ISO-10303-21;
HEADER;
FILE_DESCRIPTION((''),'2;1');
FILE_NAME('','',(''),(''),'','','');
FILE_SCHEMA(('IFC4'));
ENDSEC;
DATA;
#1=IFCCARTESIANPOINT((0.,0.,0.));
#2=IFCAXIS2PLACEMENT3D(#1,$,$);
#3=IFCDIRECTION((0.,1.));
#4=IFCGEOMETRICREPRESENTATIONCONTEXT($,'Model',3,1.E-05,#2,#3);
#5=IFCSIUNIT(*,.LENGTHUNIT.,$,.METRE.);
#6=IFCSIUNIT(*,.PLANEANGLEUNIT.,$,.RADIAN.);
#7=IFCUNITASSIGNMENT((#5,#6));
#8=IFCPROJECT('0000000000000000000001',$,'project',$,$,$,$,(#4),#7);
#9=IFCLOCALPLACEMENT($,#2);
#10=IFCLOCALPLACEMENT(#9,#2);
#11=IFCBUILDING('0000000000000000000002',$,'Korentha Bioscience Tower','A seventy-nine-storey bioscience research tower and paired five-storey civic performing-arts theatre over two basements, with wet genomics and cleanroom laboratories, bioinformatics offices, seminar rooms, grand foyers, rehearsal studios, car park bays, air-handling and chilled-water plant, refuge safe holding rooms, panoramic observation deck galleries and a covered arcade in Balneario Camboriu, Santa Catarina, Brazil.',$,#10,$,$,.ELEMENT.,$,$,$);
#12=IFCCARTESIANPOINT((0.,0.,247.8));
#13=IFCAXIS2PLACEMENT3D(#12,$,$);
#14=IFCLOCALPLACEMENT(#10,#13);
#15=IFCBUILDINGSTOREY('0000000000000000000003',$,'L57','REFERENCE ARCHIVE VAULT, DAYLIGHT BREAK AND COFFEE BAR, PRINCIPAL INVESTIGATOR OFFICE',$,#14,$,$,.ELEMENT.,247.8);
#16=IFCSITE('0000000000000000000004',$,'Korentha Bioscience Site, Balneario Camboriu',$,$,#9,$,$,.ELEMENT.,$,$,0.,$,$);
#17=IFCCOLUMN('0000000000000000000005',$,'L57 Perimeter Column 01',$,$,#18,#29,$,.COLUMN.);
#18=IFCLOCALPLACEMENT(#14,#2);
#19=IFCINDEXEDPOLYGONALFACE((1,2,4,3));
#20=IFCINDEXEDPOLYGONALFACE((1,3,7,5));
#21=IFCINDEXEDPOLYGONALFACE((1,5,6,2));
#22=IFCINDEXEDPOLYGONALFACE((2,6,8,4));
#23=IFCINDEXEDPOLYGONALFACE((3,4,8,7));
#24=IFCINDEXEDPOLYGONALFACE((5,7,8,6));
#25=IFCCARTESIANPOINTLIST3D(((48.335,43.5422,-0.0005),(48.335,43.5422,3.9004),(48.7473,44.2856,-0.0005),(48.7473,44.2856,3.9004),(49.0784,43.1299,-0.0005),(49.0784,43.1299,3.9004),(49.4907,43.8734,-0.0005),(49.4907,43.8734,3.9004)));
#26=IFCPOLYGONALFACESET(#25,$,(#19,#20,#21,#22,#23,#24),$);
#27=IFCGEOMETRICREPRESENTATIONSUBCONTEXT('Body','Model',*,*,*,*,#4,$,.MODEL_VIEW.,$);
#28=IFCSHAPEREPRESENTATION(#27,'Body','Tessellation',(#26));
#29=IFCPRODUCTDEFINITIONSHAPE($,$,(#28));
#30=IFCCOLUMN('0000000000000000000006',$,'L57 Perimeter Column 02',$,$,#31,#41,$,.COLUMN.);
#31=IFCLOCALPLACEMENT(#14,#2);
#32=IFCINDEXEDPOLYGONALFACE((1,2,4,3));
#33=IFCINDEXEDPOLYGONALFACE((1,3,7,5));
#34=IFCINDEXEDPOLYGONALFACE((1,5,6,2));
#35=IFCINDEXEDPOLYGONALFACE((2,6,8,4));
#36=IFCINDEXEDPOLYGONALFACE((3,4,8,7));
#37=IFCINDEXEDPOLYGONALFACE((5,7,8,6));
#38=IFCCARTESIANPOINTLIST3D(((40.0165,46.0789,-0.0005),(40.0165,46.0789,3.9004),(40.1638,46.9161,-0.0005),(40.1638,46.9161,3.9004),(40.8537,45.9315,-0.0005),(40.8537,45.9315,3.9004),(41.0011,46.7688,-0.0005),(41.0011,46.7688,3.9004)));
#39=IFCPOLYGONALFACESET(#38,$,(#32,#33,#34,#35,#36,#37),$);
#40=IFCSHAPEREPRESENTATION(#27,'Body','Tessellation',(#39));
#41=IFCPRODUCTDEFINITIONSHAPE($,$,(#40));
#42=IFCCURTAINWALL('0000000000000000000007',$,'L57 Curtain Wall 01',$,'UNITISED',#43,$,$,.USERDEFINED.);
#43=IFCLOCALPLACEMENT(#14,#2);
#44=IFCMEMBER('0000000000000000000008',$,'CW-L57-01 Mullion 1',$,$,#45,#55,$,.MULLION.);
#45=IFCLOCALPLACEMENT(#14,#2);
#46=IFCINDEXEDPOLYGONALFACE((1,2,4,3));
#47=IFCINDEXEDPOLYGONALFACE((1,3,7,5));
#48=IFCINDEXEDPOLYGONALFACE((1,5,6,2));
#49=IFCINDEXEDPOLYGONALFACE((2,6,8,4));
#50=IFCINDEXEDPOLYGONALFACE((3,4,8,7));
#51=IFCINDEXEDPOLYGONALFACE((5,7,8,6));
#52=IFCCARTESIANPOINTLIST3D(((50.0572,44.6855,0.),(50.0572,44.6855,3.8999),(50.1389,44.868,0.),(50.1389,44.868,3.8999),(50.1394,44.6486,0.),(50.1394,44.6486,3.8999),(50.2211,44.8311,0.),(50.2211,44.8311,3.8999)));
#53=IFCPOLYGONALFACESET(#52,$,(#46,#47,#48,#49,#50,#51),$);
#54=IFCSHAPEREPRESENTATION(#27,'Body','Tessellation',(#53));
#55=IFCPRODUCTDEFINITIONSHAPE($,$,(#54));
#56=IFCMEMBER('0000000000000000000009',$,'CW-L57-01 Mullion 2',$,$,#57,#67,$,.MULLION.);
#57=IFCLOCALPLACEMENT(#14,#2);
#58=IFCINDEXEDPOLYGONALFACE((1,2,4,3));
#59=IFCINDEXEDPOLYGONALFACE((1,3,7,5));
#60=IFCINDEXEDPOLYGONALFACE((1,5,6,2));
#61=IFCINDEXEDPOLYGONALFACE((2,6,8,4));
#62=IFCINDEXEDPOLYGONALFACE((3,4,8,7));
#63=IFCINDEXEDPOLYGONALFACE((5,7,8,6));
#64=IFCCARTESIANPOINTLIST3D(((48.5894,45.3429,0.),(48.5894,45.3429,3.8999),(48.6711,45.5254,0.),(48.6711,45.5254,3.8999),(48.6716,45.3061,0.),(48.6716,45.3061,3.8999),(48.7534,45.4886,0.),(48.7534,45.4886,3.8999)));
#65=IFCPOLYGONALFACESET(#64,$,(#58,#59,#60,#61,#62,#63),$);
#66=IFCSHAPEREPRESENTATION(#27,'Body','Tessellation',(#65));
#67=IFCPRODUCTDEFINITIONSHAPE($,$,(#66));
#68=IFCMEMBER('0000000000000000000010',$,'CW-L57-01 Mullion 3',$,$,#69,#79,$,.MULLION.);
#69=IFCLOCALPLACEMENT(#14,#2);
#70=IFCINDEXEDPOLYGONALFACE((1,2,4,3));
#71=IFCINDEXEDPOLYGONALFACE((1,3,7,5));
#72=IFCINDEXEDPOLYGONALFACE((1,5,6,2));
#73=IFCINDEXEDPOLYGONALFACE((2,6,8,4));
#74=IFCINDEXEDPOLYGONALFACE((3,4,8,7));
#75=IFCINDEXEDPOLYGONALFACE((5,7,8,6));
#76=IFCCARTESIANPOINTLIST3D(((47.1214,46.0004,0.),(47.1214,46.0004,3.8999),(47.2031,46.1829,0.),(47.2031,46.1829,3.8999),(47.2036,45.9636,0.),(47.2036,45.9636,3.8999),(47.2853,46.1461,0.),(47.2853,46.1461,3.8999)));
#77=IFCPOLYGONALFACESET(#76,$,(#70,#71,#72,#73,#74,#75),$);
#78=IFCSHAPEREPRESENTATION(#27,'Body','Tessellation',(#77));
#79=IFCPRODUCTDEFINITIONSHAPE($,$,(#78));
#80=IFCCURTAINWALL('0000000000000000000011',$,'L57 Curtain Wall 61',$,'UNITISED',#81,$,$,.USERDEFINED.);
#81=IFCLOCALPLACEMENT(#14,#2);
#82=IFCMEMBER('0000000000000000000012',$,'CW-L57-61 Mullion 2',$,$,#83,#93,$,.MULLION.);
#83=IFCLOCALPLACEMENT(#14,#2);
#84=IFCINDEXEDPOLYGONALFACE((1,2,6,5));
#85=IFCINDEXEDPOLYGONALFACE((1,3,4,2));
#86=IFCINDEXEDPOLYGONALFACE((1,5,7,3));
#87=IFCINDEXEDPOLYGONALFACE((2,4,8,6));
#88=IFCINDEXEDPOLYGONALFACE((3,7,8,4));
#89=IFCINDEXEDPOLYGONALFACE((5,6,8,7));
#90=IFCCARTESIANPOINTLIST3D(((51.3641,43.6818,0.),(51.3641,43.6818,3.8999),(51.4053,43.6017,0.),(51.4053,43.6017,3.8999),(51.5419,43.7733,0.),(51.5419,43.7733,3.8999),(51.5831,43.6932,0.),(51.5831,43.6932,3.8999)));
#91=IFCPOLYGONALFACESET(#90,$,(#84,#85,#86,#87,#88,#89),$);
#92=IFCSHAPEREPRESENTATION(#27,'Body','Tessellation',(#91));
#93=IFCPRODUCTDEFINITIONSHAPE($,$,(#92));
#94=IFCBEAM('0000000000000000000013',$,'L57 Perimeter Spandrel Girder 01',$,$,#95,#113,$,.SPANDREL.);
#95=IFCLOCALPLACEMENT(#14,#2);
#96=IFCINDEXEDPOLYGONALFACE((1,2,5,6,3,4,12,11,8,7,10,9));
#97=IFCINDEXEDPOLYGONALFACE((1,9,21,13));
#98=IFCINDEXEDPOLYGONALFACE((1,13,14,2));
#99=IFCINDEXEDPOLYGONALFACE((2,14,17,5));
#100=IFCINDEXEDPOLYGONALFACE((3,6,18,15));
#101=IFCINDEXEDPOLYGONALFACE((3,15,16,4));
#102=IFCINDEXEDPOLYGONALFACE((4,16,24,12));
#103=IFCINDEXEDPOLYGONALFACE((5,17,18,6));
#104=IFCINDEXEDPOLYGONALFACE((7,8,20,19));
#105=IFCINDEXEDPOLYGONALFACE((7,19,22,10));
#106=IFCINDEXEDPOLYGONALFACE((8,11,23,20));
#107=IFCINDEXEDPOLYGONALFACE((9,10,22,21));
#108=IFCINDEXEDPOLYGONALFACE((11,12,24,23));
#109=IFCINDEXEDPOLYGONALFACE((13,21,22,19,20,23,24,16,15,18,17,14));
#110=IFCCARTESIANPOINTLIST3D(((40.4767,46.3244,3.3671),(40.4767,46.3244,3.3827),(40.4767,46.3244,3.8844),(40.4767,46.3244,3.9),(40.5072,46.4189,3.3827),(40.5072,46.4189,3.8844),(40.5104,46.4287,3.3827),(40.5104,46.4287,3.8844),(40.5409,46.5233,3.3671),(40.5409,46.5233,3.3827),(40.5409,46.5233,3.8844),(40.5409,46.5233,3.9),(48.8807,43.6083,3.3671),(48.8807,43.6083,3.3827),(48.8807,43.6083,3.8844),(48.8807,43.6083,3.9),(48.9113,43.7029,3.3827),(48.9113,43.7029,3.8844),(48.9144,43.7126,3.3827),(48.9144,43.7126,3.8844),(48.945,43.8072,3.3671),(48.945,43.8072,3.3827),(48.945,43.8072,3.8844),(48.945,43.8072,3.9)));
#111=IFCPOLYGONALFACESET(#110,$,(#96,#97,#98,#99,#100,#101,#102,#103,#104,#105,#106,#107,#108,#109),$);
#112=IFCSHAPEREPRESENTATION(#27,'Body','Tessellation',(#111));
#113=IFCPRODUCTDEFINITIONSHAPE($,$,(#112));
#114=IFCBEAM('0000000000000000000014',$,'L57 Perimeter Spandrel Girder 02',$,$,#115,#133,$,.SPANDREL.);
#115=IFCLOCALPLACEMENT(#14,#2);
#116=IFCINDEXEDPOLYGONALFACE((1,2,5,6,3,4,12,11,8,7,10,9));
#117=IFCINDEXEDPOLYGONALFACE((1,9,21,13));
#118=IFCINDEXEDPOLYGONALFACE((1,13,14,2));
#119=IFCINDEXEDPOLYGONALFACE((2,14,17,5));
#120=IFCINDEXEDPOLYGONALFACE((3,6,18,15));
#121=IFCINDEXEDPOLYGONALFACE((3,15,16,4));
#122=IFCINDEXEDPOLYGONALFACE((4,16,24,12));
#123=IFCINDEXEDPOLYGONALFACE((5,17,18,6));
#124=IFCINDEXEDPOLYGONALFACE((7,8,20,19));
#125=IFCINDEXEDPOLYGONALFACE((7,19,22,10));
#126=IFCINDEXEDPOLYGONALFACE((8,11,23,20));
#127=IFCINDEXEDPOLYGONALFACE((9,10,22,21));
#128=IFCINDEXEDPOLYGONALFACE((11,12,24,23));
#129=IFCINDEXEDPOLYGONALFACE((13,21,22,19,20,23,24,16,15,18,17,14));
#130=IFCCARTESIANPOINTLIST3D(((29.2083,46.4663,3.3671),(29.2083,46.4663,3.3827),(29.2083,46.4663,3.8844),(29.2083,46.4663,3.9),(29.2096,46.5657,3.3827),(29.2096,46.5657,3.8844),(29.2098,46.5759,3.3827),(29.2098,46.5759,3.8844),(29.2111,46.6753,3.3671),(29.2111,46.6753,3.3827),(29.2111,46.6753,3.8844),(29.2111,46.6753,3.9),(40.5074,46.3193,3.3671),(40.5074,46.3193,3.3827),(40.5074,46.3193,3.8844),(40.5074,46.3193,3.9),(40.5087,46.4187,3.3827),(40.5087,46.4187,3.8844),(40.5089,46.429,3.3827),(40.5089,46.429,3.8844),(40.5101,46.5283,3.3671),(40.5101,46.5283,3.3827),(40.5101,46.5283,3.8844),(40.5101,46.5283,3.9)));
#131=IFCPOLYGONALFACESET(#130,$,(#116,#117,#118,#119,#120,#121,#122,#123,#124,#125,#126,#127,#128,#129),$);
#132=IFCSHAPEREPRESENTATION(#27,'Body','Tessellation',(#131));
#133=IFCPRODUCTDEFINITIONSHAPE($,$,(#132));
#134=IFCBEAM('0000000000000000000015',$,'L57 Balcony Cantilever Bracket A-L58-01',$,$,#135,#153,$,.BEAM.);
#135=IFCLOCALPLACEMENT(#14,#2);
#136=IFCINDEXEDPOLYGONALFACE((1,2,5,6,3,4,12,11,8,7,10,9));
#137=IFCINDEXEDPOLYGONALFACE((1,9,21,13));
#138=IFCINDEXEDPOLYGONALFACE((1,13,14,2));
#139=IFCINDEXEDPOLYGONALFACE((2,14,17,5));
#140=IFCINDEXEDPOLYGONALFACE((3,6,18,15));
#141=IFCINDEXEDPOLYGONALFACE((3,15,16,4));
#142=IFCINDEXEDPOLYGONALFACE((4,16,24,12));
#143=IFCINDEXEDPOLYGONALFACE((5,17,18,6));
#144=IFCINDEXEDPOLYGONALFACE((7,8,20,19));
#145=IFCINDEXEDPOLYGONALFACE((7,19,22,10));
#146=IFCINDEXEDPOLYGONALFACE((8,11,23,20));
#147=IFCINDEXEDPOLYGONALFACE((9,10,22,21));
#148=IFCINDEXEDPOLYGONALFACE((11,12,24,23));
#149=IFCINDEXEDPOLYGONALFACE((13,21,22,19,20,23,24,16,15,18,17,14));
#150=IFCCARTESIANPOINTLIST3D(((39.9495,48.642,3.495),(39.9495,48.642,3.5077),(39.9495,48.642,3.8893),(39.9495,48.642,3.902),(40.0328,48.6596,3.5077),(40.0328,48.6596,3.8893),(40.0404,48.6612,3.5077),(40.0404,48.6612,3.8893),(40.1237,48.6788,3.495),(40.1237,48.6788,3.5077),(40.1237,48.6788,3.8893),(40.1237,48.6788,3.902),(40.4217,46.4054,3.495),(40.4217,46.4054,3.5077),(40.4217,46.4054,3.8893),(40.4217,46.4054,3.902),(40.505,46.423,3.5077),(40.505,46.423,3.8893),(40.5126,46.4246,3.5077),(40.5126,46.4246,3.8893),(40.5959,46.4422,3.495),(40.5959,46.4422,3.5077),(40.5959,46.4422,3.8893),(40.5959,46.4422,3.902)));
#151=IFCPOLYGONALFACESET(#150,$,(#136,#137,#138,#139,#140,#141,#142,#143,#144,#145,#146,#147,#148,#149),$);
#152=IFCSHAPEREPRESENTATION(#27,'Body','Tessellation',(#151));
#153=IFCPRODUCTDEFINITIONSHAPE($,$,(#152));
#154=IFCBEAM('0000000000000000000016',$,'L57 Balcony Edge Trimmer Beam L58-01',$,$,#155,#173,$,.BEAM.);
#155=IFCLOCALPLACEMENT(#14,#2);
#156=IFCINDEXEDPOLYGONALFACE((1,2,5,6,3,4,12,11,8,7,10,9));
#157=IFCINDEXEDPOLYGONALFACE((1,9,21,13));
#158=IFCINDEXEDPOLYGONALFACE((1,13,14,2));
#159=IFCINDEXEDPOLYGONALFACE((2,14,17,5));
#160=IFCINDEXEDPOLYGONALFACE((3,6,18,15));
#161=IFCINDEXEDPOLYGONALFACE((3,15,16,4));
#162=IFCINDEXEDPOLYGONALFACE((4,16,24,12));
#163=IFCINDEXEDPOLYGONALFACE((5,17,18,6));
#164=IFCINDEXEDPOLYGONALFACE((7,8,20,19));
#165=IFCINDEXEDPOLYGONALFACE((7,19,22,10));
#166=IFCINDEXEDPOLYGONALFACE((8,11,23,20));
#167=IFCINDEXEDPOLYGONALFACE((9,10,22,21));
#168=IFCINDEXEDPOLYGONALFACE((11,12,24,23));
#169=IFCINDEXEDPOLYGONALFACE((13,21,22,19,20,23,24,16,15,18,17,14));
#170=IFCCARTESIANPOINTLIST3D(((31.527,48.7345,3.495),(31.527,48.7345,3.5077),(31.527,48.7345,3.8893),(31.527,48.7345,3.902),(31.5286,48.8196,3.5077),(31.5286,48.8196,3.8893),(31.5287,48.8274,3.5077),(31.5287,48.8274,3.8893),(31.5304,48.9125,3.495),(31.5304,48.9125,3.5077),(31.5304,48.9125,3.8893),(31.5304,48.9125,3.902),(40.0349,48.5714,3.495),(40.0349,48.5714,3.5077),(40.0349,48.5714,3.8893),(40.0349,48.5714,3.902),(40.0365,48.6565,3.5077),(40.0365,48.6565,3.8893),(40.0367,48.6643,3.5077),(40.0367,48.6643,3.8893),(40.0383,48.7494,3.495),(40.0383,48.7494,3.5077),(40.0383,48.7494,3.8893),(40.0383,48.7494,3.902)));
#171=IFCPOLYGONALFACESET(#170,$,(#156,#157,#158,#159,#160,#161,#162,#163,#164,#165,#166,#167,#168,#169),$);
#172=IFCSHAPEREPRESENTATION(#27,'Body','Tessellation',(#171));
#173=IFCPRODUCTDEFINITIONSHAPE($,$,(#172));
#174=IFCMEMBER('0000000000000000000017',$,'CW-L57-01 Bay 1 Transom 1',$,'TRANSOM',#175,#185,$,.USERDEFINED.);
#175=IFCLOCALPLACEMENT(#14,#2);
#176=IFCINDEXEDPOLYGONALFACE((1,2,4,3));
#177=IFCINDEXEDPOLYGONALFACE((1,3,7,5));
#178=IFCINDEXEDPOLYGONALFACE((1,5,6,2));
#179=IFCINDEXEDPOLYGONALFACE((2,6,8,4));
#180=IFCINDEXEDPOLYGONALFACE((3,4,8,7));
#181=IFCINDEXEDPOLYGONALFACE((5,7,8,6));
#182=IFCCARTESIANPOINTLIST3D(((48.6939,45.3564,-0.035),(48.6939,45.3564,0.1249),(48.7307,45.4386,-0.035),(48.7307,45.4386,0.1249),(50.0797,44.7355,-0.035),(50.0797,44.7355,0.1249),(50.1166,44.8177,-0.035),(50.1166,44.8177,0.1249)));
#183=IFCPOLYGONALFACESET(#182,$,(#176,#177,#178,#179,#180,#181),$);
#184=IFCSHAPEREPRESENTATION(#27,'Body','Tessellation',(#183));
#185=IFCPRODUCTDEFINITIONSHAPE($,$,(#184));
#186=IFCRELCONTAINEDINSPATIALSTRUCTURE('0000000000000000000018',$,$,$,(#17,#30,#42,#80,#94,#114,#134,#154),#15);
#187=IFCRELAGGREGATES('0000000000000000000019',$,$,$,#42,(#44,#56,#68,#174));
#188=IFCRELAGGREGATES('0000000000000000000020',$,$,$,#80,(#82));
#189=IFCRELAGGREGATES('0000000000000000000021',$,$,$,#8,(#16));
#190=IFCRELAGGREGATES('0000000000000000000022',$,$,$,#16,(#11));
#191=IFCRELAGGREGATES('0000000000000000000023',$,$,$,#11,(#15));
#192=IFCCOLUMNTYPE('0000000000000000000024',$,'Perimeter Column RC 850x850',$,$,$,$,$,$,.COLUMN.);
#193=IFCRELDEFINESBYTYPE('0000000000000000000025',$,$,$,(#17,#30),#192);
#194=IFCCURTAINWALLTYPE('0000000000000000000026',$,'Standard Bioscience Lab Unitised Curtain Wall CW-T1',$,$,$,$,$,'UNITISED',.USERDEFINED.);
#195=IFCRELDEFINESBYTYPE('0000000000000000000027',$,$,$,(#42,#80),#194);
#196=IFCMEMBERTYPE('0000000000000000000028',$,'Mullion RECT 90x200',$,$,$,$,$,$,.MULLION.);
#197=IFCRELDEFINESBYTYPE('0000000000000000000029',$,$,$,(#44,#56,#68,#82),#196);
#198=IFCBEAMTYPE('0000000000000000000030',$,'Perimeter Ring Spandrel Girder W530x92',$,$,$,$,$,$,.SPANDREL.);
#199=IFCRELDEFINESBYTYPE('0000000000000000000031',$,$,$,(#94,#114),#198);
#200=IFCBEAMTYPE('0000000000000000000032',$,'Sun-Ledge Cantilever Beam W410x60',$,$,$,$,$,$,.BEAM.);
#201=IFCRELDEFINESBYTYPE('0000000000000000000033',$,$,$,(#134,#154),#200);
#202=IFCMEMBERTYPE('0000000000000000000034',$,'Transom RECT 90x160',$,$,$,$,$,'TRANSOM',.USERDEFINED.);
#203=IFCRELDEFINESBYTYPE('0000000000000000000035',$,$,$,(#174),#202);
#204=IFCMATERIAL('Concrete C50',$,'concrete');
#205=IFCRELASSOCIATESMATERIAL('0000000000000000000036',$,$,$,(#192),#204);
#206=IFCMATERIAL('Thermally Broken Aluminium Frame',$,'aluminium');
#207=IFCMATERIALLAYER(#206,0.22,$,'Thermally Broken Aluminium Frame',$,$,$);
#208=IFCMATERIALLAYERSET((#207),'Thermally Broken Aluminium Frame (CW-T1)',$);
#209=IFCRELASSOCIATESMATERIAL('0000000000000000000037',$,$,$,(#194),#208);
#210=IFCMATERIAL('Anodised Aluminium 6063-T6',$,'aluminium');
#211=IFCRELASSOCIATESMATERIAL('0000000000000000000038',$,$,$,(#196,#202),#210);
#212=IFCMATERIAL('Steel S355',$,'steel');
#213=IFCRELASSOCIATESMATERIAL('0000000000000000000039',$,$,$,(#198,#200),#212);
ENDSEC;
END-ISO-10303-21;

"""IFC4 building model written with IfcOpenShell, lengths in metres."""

from ifc_helpers import new_model, si_unit, direction, frame, origin, origin_2d, place, context, subcontext, project, spatial, rectangle, i_section, extrude, material, layer, layer_set, material_profile, profile_set, type_object, element, aggregate, save


model = new_model("IFC4")

# Units and contexts
model_context = context("Model", 3, precision=1e-05, world=origin(), true_north=direction((0.0, 1.0)))
body_context = subcontext(model_context, "Body", "Model", "MODEL_VIEW")
ifc_project = project(units=[si_unit("LENGTHUNIT", "METRE"), si_unit("PLANEANGLEUNIT", "RADIAN")], contexts=[model_context])

# Site, building, storey
site_placement = place(None, origin())
site = spatial("IfcSite", under=ifc_project, at=site_placement, Name="Korentha Bioscience Site, Balneario Camboriu", CompositionType="ELEMENT", RefElevation=0.0)
building_placement = place(site_placement, origin())
building = spatial("IfcBuilding", under=site, at=building_placement, Name="Korentha Bioscience Tower", Description="A seventy-nine-storey bioscience research tower and paired five-storey civic performing-arts theatre over two basements, with wet genomics and cleanroom laboratories, bioinformatics offices, seminar rooms, grand foyers, rehearsal studios, car park bays, air-handling and chilled-water plant, refuge safe holding rooms, panoramic observation deck galleries and a covered arcade in Balneario Camboriu, Santa Catarina, Brazil.", CompositionType="ELEMENT")
storey_placement = place(building_placement, frame((0.0, 0.0, 247.8)))
storey = spatial("IfcBuildingStorey", under=building, at=storey_placement, Name="L57", Description="REFERENCE ARCHIVE VAULT, DAYLIGHT BREAK AND COFFEE BAR, PRINCIPAL INVESTIGATOR OFFICE", CompositionType="ELEMENT", Elevation=247.8)

# Columns
ifc_material_1 = material(Name="Concrete C50", Category="concrete")
ifc_material_profile_1 = material_profile(ifc_material_1, rectangle(XDim=0.8501, YDim=0.8501, at=origin_2d()), Name="Concrete C50")
ifc_profile_set_1 = profile_set([ifc_material_profile_1], Name="Concrete C50 (COL-P08)")
column_type = type_object("IfcColumnType", Name="Perimeter Column RC 850x850", PredefinedType="COLUMN", material=ifc_profile_set_1)
for number, where, z_axis, x_axis, name in (
    (1, (48.9128, 43.7078, -0.0005), (0.0, 0.0, 1.0), (-0.874535, 0.484962, 0.0), "L57 Perimeter Column 01"),
    (2, (40.5088, 46.4238, -0.0005), (0.0, 0.0, 1.0), (-0.984868, 0.173304, 0.0), "L57 Perimeter Column 02"),
):
    element("IfcColumn", number, at=place(storey_placement, frame(where, z_axis=z_axis, x_axis=x_axis)), inside=storey, type_object=column_type, Name=name, PredefinedType="COLUMN", context=body_context, shape_type="SweptSolid", body=[
        extrude(rectangle(XDim=0.8501, YDim=0.8501, at=origin_2d()), origin(), (0.0, 0.0, 1.0), 3.9009),
    ])

# Curtain wall, members
ifc_material_2 = material(Name="Thermally Broken Aluminium Frame", Category="aluminium")
ifc_layer_1 = layer(ifc_material_2, 0.22, Name="Thermally Broken Aluminium Frame")
ifc_layer_set_1 = layer_set([ifc_layer_1], Name="Thermally Broken Aluminium Frame (CW-T1)")
curtain_wall_type = type_object("IfcCurtainWallType", Name="Standard Bioscience Lab Unitised Curtain Wall CW-T1", ElementType="UNITISED", PredefinedType="USERDEFINED", material=ifc_layer_set_1)
curtain_wall_1_placement = place(storey_placement, origin())
curtain_wall_1 = element("IfcCurtainWall", 3, at=curtain_wall_1_placement, inside=storey, type_object=curtain_wall_type, Name="L57 Curtain Wall 01", ObjectType="UNITISED", PredefinedType="USERDEFINED")
ifc_material_3 = material(Name="Anodised Aluminium 6063-T6", Category="aluminium")
ifc_material_profile_2 = material_profile(ifc_material_3, rectangle(XDim=0.0901, YDim=0.2, at=origin_2d()), Name="Anodised Aluminium 6063-T6")
ifc_profile_set_2 = profile_set([ifc_material_profile_2], Name="Anodised Aluminium 6063-T6 (CW-MUL)")
member_type_1 = type_object("IfcMemberType", Name="Mullion RECT 90x200", PredefinedType="MULLION", material=ifc_profile_set_2)
member_1_placement = place(storey_placement, frame((50.1392, 44.7583, 0.0), z_axis=(0.0, 0.0, 1.0), x_axis=(-0.912622, 0.408805, 0.0)))
member_1 = element("IfcMember", 4, at=member_1_placement, type_object=member_type_1, Name="CW-L57-01 Mullion 1", PredefinedType="MULLION", context=body_context, shape_type="SweptSolid", body=[
    extrude(rectangle(XDim=0.0901, YDim=0.2, at=origin_2d()), origin(), (0.0, 0.0, 1.0), 3.8999),
])
member_2_placement = place(storey_placement, frame((48.6714, 45.4158, 0.0), z_axis=(0.0, 0.0, 1.0), x_axis=(-0.912622, 0.408805, 0.0)))
member_2 = element("IfcMember", 5, at=member_2_placement, type_object=member_type_1, Name="CW-L57-01 Mullion 2", PredefinedType="MULLION", context=body_context, shape_type="SweptSolid", body=[
    extrude(rectangle(XDim=0.0901, YDim=0.2, at=origin_2d()), origin(), (0.0, 0.0, 1.0), 3.8999),
])
member_3_placement = place(storey_placement, frame((47.2034, 46.0732, 0.0), z_axis=(0.0, 0.0, 1.0), x_axis=(-0.912622, 0.408805, 0.0)))
member_3 = element("IfcMember", 6, at=member_3_placement, type_object=member_type_1, Name="CW-L57-01 Mullion 3", PredefinedType="MULLION", context=body_context, shape_type="SweptSolid", body=[
    extrude(rectangle(XDim=0.0901, YDim=0.2, at=origin_2d()), origin(), (0.0, 0.0, 1.0), 3.8999),
])

# Curtain wall, member
curtain_wall_2_placement = place(storey_placement, origin())
curtain_wall_2 = element("IfcCurtainWall", 7, at=curtain_wall_2_placement, inside=storey, type_object=curtain_wall_type, Name="L57 Curtain Wall 61", ObjectType="UNITISED", PredefinedType="USERDEFINED")
member_4_placement = place(storey_placement, frame((51.4736, 43.6875, 0.0), z_axis=(0.0, 0.0, 1.0), x_axis=(-0.45757, 0.889174, 0.0)))
member_4 = element("IfcMember", 8, at=member_4_placement, type_object=member_type_1, Name="CW-L57-61 Mullion 2", PredefinedType="MULLION", context=body_context, shape_type="SweptSolid", body=[
    extrude(rectangle(XDim=0.0901, YDim=0.2, at=origin_2d()), origin(), (0.0, 0.0, 1.0), 3.8999),
])

# Beams
ifc_material_4 = material(Name="Steel S355", Category="steel")
ifc_material_profile_3 = material_profile(ifc_material_4, i_section(OverallWidth=0.209, OverallDepth=0.533, WebThickness=0.0103, FlangeThickness=0.0156, at=origin_2d()), Name="Steel S355")
ifc_profile_set_3 = profile_set([ifc_material_profile_3], Name="Steel S355 (SB-530)")
beam_type_1 = type_object("IfcBeamType", Name="Perimeter Ring Spandrel Girder W530x92", PredefinedType="SPANDREL", material=ifc_profile_set_3)
beam_1_placement = place(storey_placement, frame((48.9128, 43.7078, 3.6335), z_axis=(-0.95154, 0.307524, 0.0), x_axis=(-0.307524, -0.95154, 0.0)))
element("IfcBeam", 9, at=beam_1_placement, inside=storey, type_object=beam_type_1, Name="L57 Perimeter Spandrel Girder 01", PredefinedType="SPANDREL", context=body_context, shape_type="SweptSolid", body=[
    extrude(i_section(OverallWidth=0.209, OverallDepth=0.533, WebThickness=0.0103, FlangeThickness=0.0156, at=origin_2d()), origin(), (0.0, 0.0, 1.0), 8.832),
])
beam_2_placement = place(storey_placement, frame((40.5088, 46.4238, 3.6335), z_axis=(-0.999915, 0.013006, 0.0), x_axis=(-0.013006, -0.999915, 0.0)))
element("IfcBeam", 10, at=beam_2_placement, inside=storey, type_object=beam_type_1, Name="L57 Perimeter Spandrel Girder 02", PredefinedType="SPANDREL", context=body_context, shape_type="SweptSolid", body=[
    extrude(i_section(OverallWidth=0.209, OverallDepth=0.533, WebThickness=0.0103, FlangeThickness=0.0156, at=origin_2d()), origin(), (0.0, 0.0, 1.0), 11.3),
])
ifc_material_profile_4 = material_profile(ifc_material_4, i_section(OverallWidth=0.178, OverallDepth=0.407, WebThickness=0.0078, FlangeThickness=0.0127, at=origin_2d()), Name="Steel S355")
ifc_profile_set_4 = profile_set([ifc_material_profile_4], Name="Steel S355 (CB-410)")
beam_type_2 = type_object("IfcBeamType", Name="Sun-Ledge Cantilever Beam W410x60", PredefinedType="BEAM", material=ifc_profile_set_4)
beam_3_placement = place(storey_placement, frame((40.5088, 46.4238, 3.6985), z_axis=(-0.206559, 0.978434, 0.0), x_axis=(-0.978434, -0.206559, 0.0)))
element("IfcBeam", 11, at=beam_3_placement, inside=storey, type_object=beam_type_2, Name="L57 Balcony Cantilever Bracket A-L58-01", PredefinedType="BEAM", context=body_context, shape_type="SweptSolid", body=[
    extrude(i_section(OverallWidth=0.178, OverallDepth=0.407, WebThickness=0.0078, FlangeThickness=0.0127, at=origin_2d()), origin(), (0.0, 0.0, 1.0), 2.2859),
])
beam_4_placement = place(storey_placement, frame((40.0366, 48.6604, 3.6985), z_axis=(-0.999816, 0.019165, 0.0), x_axis=(-0.019165, -0.999816, 0.0)))
element("IfcBeam", 12, at=beam_4_placement, inside=storey, type_object=beam_type_2, Name="L57 Balcony Edge Trimmer Beam L58-01", PredefinedType="BEAM", context=body_context, shape_type="SweptSolid", body=[
    extrude(i_section(OverallWidth=0.178, OverallDepth=0.407, WebThickness=0.0078, FlangeThickness=0.0127, at=origin_2d()), origin(), (0.0, 0.0, 1.0), 8.5095),
])

# Member
ifc_material_profile_5 = material_profile(ifc_material_3, rectangle(XDim=0.0901, YDim=0.1599, at=origin_2d()), Name="Anodised Aluminium 6063-T6")
ifc_profile_set_5 = profile_set([ifc_material_profile_5], Name="Anodised Aluminium 6063-T6 (CW-TRN)")
member_type_2 = type_object("IfcMemberType", Name="Transom RECT 90x160", ElementType="TRANSOM", PredefinedType="USERDEFINED", material=ifc_profile_set_5)
member_5_placement = place(storey_placement, frame((50.0981, 44.7766, 0.0449), z_axis=(-0.912594, 0.408867, 0.0), x_axis=(-0.408867, -0.912594, 0.0)))
member_5 = element("IfcMember", 13, at=member_5_placement, type_object=member_type_2, Name="CW-L57-01 Bay 1 Transom 1", ObjectType="TRANSOM", PredefinedType="USERDEFINED", context=body_context, shape_type="SweptSolid", body=[
    extrude(rectangle(XDim=0.0901, YDim=0.1599, at=origin_2d()), origin(), (0.0, 0.0, 1.0), 1.5186),
])

aggregate(curtain_wall_1, [member_1, member_2, member_3, member_5])
aggregate(curtain_wall_2, [member_4])

save(model, "model.ifc")
